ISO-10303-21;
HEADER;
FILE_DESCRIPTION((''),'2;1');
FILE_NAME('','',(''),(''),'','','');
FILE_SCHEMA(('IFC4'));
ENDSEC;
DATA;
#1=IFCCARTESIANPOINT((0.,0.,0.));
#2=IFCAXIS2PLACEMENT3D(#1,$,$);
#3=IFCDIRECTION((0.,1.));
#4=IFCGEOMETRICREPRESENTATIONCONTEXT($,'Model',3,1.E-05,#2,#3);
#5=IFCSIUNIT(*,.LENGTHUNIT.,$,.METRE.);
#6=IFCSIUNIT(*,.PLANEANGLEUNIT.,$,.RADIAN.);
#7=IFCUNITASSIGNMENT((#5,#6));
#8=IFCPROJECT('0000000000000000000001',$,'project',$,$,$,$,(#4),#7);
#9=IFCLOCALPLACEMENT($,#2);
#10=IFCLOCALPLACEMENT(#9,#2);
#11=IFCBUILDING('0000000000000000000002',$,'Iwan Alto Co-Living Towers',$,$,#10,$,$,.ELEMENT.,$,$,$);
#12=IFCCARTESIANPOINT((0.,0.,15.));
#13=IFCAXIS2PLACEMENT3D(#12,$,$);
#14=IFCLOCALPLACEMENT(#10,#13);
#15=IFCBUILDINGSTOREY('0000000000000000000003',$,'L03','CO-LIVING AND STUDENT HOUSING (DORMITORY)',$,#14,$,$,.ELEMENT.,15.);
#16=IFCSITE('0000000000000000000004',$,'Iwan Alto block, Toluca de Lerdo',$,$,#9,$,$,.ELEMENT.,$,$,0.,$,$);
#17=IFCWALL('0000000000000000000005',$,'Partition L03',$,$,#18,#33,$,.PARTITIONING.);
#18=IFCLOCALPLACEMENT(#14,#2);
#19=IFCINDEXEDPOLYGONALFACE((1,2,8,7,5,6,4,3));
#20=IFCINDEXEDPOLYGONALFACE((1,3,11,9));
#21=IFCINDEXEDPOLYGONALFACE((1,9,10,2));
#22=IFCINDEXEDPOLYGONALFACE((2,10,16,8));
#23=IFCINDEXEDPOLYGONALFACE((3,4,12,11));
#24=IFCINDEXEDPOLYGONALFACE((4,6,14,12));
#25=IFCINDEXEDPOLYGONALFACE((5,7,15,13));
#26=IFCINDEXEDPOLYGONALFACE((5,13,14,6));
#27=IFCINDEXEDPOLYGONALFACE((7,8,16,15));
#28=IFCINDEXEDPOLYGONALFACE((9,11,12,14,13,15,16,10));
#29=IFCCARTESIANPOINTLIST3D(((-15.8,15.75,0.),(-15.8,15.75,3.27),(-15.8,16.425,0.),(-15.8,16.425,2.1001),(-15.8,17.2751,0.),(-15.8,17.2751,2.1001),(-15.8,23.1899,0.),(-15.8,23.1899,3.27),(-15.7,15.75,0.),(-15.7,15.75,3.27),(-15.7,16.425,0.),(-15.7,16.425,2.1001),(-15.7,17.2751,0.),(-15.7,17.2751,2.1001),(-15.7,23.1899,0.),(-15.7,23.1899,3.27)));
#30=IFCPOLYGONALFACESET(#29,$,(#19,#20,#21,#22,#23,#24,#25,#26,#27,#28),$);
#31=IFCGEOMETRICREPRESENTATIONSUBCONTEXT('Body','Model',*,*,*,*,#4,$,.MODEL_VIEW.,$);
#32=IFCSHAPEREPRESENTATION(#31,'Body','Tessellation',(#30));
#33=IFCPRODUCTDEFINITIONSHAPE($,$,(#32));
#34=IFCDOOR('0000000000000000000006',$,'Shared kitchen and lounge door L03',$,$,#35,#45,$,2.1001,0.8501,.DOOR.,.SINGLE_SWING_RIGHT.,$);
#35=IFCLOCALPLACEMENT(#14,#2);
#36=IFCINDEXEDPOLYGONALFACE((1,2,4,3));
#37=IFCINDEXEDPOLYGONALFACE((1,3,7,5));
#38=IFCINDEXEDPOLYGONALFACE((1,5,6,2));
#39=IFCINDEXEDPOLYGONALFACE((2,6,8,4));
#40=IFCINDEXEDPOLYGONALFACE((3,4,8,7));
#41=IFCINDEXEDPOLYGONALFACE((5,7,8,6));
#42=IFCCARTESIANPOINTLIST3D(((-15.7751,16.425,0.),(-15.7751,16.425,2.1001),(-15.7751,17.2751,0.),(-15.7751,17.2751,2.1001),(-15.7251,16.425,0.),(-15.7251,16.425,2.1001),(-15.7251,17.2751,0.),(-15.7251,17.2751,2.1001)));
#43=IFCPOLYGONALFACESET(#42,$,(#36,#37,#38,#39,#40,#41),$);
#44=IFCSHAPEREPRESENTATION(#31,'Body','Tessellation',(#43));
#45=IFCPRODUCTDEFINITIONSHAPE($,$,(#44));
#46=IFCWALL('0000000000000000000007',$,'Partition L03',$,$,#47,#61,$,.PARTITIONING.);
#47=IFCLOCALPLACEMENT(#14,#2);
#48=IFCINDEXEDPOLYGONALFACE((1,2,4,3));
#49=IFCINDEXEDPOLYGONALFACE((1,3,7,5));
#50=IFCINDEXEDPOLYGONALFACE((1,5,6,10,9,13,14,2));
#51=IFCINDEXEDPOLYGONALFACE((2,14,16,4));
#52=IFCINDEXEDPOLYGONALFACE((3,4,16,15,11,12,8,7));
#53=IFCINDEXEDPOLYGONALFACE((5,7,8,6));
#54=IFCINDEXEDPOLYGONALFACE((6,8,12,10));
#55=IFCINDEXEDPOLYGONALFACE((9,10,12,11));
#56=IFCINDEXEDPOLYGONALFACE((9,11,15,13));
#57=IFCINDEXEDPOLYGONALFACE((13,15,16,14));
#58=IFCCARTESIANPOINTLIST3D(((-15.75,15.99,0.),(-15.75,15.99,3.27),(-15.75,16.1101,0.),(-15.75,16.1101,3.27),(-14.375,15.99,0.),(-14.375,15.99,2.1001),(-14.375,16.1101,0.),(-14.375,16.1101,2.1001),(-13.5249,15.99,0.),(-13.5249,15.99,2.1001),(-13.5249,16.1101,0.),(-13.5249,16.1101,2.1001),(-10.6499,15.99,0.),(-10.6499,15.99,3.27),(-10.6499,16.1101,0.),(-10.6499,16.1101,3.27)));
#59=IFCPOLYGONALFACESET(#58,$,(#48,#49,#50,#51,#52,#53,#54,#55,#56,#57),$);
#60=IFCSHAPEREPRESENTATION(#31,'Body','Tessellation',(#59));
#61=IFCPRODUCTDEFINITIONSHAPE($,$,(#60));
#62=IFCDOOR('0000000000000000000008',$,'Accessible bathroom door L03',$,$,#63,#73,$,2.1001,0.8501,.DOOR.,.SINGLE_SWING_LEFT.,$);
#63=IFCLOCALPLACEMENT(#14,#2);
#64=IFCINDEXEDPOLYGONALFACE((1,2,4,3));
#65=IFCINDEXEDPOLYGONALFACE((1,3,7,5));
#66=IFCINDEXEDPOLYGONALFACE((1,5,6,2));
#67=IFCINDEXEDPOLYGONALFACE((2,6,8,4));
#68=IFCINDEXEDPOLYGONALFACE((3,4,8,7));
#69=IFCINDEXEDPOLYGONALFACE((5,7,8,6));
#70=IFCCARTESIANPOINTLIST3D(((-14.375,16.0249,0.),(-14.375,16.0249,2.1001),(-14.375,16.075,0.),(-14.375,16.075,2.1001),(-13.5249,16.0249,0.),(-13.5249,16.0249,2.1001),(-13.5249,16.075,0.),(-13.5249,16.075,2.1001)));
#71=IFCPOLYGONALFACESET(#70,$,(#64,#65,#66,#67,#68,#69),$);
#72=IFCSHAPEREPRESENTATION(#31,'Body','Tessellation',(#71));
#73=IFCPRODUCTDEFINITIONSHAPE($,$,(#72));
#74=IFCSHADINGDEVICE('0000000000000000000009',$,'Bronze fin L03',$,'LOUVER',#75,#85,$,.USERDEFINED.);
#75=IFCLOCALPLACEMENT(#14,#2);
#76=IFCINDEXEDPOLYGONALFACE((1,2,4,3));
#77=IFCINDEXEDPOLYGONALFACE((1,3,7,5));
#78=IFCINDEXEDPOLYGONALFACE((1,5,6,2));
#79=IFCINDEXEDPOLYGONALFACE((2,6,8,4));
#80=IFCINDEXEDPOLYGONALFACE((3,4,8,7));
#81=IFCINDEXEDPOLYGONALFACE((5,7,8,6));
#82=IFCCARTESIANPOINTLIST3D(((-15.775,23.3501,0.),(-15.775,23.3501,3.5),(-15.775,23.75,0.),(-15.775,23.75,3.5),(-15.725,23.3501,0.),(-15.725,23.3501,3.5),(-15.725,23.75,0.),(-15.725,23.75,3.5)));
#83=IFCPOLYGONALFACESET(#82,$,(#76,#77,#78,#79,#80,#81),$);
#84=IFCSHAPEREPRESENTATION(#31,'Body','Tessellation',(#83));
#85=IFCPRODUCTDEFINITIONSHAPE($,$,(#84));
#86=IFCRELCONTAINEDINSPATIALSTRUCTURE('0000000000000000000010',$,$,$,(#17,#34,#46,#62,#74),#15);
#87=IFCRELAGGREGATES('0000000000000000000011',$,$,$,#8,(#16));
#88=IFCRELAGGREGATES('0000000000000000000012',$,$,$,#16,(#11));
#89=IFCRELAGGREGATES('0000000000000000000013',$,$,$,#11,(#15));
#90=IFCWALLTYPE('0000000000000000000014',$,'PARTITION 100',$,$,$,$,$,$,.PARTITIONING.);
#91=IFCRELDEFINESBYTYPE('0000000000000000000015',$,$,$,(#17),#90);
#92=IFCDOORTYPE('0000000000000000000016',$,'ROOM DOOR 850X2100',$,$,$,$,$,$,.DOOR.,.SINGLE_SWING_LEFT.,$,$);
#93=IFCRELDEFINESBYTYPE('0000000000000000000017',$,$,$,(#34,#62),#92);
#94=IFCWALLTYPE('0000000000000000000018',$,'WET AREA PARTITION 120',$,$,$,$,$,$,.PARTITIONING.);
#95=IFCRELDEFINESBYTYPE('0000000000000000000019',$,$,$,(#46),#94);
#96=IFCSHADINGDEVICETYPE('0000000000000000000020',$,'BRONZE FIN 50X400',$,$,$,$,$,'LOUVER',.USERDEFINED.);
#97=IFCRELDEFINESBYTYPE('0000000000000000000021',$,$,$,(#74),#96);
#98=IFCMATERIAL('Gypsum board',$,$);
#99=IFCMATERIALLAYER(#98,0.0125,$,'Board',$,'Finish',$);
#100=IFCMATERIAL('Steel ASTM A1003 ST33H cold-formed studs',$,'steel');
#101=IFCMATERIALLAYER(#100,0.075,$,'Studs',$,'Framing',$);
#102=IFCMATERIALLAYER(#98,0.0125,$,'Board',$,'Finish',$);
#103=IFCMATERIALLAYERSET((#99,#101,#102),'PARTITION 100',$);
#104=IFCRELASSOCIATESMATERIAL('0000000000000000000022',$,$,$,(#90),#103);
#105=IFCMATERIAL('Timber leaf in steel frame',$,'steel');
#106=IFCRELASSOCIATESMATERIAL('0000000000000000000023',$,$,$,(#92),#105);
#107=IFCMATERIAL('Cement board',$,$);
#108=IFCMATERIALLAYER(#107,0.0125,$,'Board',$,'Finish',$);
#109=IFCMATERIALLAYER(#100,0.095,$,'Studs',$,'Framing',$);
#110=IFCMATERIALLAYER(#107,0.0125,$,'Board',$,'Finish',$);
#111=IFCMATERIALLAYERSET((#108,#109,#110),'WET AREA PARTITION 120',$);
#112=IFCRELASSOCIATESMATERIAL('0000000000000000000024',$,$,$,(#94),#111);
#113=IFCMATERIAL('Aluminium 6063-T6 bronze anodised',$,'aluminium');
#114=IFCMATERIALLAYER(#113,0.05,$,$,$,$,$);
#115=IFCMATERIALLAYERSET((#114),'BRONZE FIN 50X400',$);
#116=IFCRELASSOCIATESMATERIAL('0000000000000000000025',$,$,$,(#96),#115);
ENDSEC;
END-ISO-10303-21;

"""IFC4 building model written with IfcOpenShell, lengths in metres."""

from ifc_helpers import new_model, si_unit, direction, frame, frame_2d, origin, origin_2d, place, context, subcontext, project, spatial, rectangle, extrude, material, layer, layer_set, type_object, element, fill, save


model = new_model("IFC4")

# Units and contexts
model_context = context("Model", 3, precision=1e-05, world=origin(), true_north=direction((0.0, 1.0)))
body_context = subcontext(model_context, "Body", "Model", "MODEL_VIEW")
ifc_project = project(units=[si_unit("LENGTHUNIT", "METRE"), si_unit("PLANEANGLEUNIT", "RADIAN")], contexts=[model_context])

# Site, building, storey
site_placement = place(None, origin())
site = spatial("IfcSite", under=ifc_project, at=site_placement, Name="Iwan Alto block, Toluca de Lerdo", CompositionType="ELEMENT", RefElevation=0.0)
building_placement = place(site_placement, origin())
building = spatial("IfcBuilding", under=site, at=building_placement, Name="Iwan Alto Co-Living Towers", CompositionType="ELEMENT")
storey_placement = place(building_placement, frame((0.0, 0.0, 15.0)))
storey = spatial("IfcBuildingStorey", under=building, at=storey_placement, Name="L03", Description="CO-LIVING AND STUDENT HOUSING (DORMITORY)", CompositionType="ELEMENT", Elevation=15.0)

# Shared definitions
ifc_material_1 = material(Name="Gypsum board")
ifc_layer_1 = layer(ifc_material_1, 0.0125, Name="Board", Category="Finish")
ifc_material_2 = material(Name="Steel ASTM A1003 ST33H cold-formed studs", Category="steel")
ifc_layer_2 = layer(ifc_material_2, 0.075, Name="Studs", Category="Framing")
ifc_layer_3 = layer(ifc_material_1, 0.0125, Name="Board", Category="Finish")
ifc_layer_set_1 = layer_set([ifc_layer_1, ifc_layer_2, ifc_layer_3], Name="PARTITION 100")
wall_type_1 = type_object("IfcWallType", Name="PARTITION 100", PredefinedType="PARTITIONING", material=ifc_layer_set_1)

# Walls, openings, doors
wall_1_placement = place(storey_placement, frame((-15.75, 15.75, 0.0), z_axis=(0.0, 0.0, 1.0), x_axis=(0.0, 1.0, 0.0)))
wall_1 = element("IfcWall", 1, at=wall_1_placement, inside=storey, type_object=wall_type_1, Name="Partition L03", PredefinedType="PARTITIONING", context=body_context, shape_type="SweptSolid", body=[
    extrude(rectangle(XDim=7.4399, YDim=0.1001, at=frame_2d((3.72, 0.0))), origin(), (0.0, 0.0, 1.0), 3.27),
])
opening_1_placement = place(wall_1_placement, frame((0.675, 0.0, 0.0)))
opening_1 = element("IfcOpeningElement", 2, at=opening_1_placement, cuts=wall_1, PredefinedType="OPENING", context=body_context, shape_type="SweptSolid", body=[
    extrude(rectangle(XDim=0.8501, YDim=2.1001, at=frame_2d((0.425, 1.05))), frame((0.0, 0.0601, 0.0), z_axis=(0.0, -1.0, 0.0), x_axis=(1.0, 0.0, 0.0)), (0.0, 0.0, 1.0), 0.1201),
])
ifc_material_3 = material(Name="Timber leaf in steel frame", Category="steel")
door_type_1 = type_object("IfcDoorType", Name="ROOM DOOR 850X2100", OperationType="SINGLE_SWING_LEFT", PredefinedType="DOOR", material=ifc_material_3)
door_1_placement = place(opening_1_placement, frame((0.8501, 0.0, 0.0), z_axis=(0.0, 0.0, 1.0), x_axis=(-1.0, 0.0, 0.0)))
door_1 = element("IfcDoor", 3, at=door_1_placement, inside=storey, type_object=door_type_1, Name="Shared kitchen and lounge door L03", OperationType="SINGLE_SWING_RIGHT", OverallHeight=2.1001, OverallWidth=0.8501, PredefinedType="DOOR", context=body_context, shape_type="SweptSolid", body=[
    extrude(rectangle(XDim=0.8501, YDim=2.1001, at=frame_2d((0.425, 1.05))), frame((0.0, 0.0249, 0.0), z_axis=(0.0, -1.0, 0.0), x_axis=(1.0, 0.0, 0.0)), (0.0, 0.0, 1.0), 0.05),
])
fill(opening_1, door_1)
ifc_material_4 = material(Name="Cement board")
ifc_layer_4 = layer(ifc_material_4, 0.0125, Name="Board", Category="Finish")
ifc_layer_5 = layer(ifc_material_2, 0.095, Name="Studs", Category="Framing")
ifc_layer_6 = layer(ifc_material_4, 0.0125, Name="Board", Category="Finish")
ifc_layer_set_2 = layer_set([ifc_layer_4, ifc_layer_5, ifc_layer_6], Name="WET AREA PARTITION 120")
wall_type_2 = type_object("IfcWallType", Name="WET AREA PARTITION 120", PredefinedType="PARTITIONING", material=ifc_layer_set_2)
wall_2_placement = place(storey_placement, frame((-15.75, 16.05, 0.0), z_axis=(0.0, 0.0, 1.0), x_axis=(1.0, 0.0, 0.0)))
wall_2 = element("IfcWall", 4, at=wall_2_placement, inside=storey, type_object=wall_type_2, Name="Partition L03", PredefinedType="PARTITIONING", context=body_context, shape_type="SweptSolid", body=[
    extrude(rectangle(XDim=5.1001, YDim=0.1201, at=frame_2d((2.55, 0.0))), origin(), (0.0, 0.0, 1.0), 3.27),
])
opening_2_placement = place(wall_2_placement, frame((1.375, 0.0, 0.0)))
opening_2 = element("IfcOpeningElement", 5, at=opening_2_placement, cuts=wall_2, PredefinedType="OPENING", context=body_context, shape_type="SweptSolid", body=[
    extrude(rectangle(XDim=0.8501, YDim=2.1001, at=frame_2d((0.425, 1.05))), frame((0.0, 0.0701, 0.0), z_axis=(0.0, -1.0, 0.0), x_axis=(1.0, 0.0, 0.0)), (0.0, 0.0, 1.0), 0.1401),
])
door_2_placement = place(opening_2_placement, origin())
door_2 = element("IfcDoor", 6, at=door_2_placement, inside=storey, type_object=door_type_1, Name="Accessible bathroom door L03", OperationType="SINGLE_SWING_LEFT", OverallHeight=2.1001, OverallWidth=0.8501, PredefinedType="DOOR", context=body_context, shape_type="SweptSolid", body=[
    extrude(rectangle(XDim=0.8501, YDim=2.1001, at=frame_2d((0.425, 1.05))), frame((0.0, 0.0249, 0.0), z_axis=(0.0, -1.0, 0.0), x_axis=(1.0, 0.0, 0.0)), (0.0, 0.0, 1.0), 0.05),
])
fill(opening_2, door_2)

# Shading device
ifc_material_5 = material(Name="Aluminium 6063-T6 bronze anodised", Category="aluminium")
ifc_layer_7 = layer(ifc_material_5, 0.05)
ifc_layer_set_3 = layer_set([ifc_layer_7], Name="BRONZE FIN 50X400")
shading_device_type = type_object("IfcShadingDeviceType", Name="BRONZE FIN 50X400", ElementType="LOUVER", PredefinedType="USERDEFINED", material=ifc_layer_set_3)
shading_device_placement = place(storey_placement, frame((-15.75, 23.55, 0.0), z_axis=(0.0, 0.0, 1.0), x_axis=(-1.0, 0.0, 0.0)))
element("IfcShadingDevice", 7, at=shading_device_placement, inside=storey, type_object=shading_device_type, Name="Bronze fin L03", ObjectType="LOUVER", PredefinedType="USERDEFINED", context=body_context, shape_type="SweptSolid", body=[
    extrude(rectangle(XDim=0.05, YDim=0.3999, at=origin_2d()), origin(), (0.0, 0.0, 1.0), 3.5),
])

save(model, "model.ifc")
